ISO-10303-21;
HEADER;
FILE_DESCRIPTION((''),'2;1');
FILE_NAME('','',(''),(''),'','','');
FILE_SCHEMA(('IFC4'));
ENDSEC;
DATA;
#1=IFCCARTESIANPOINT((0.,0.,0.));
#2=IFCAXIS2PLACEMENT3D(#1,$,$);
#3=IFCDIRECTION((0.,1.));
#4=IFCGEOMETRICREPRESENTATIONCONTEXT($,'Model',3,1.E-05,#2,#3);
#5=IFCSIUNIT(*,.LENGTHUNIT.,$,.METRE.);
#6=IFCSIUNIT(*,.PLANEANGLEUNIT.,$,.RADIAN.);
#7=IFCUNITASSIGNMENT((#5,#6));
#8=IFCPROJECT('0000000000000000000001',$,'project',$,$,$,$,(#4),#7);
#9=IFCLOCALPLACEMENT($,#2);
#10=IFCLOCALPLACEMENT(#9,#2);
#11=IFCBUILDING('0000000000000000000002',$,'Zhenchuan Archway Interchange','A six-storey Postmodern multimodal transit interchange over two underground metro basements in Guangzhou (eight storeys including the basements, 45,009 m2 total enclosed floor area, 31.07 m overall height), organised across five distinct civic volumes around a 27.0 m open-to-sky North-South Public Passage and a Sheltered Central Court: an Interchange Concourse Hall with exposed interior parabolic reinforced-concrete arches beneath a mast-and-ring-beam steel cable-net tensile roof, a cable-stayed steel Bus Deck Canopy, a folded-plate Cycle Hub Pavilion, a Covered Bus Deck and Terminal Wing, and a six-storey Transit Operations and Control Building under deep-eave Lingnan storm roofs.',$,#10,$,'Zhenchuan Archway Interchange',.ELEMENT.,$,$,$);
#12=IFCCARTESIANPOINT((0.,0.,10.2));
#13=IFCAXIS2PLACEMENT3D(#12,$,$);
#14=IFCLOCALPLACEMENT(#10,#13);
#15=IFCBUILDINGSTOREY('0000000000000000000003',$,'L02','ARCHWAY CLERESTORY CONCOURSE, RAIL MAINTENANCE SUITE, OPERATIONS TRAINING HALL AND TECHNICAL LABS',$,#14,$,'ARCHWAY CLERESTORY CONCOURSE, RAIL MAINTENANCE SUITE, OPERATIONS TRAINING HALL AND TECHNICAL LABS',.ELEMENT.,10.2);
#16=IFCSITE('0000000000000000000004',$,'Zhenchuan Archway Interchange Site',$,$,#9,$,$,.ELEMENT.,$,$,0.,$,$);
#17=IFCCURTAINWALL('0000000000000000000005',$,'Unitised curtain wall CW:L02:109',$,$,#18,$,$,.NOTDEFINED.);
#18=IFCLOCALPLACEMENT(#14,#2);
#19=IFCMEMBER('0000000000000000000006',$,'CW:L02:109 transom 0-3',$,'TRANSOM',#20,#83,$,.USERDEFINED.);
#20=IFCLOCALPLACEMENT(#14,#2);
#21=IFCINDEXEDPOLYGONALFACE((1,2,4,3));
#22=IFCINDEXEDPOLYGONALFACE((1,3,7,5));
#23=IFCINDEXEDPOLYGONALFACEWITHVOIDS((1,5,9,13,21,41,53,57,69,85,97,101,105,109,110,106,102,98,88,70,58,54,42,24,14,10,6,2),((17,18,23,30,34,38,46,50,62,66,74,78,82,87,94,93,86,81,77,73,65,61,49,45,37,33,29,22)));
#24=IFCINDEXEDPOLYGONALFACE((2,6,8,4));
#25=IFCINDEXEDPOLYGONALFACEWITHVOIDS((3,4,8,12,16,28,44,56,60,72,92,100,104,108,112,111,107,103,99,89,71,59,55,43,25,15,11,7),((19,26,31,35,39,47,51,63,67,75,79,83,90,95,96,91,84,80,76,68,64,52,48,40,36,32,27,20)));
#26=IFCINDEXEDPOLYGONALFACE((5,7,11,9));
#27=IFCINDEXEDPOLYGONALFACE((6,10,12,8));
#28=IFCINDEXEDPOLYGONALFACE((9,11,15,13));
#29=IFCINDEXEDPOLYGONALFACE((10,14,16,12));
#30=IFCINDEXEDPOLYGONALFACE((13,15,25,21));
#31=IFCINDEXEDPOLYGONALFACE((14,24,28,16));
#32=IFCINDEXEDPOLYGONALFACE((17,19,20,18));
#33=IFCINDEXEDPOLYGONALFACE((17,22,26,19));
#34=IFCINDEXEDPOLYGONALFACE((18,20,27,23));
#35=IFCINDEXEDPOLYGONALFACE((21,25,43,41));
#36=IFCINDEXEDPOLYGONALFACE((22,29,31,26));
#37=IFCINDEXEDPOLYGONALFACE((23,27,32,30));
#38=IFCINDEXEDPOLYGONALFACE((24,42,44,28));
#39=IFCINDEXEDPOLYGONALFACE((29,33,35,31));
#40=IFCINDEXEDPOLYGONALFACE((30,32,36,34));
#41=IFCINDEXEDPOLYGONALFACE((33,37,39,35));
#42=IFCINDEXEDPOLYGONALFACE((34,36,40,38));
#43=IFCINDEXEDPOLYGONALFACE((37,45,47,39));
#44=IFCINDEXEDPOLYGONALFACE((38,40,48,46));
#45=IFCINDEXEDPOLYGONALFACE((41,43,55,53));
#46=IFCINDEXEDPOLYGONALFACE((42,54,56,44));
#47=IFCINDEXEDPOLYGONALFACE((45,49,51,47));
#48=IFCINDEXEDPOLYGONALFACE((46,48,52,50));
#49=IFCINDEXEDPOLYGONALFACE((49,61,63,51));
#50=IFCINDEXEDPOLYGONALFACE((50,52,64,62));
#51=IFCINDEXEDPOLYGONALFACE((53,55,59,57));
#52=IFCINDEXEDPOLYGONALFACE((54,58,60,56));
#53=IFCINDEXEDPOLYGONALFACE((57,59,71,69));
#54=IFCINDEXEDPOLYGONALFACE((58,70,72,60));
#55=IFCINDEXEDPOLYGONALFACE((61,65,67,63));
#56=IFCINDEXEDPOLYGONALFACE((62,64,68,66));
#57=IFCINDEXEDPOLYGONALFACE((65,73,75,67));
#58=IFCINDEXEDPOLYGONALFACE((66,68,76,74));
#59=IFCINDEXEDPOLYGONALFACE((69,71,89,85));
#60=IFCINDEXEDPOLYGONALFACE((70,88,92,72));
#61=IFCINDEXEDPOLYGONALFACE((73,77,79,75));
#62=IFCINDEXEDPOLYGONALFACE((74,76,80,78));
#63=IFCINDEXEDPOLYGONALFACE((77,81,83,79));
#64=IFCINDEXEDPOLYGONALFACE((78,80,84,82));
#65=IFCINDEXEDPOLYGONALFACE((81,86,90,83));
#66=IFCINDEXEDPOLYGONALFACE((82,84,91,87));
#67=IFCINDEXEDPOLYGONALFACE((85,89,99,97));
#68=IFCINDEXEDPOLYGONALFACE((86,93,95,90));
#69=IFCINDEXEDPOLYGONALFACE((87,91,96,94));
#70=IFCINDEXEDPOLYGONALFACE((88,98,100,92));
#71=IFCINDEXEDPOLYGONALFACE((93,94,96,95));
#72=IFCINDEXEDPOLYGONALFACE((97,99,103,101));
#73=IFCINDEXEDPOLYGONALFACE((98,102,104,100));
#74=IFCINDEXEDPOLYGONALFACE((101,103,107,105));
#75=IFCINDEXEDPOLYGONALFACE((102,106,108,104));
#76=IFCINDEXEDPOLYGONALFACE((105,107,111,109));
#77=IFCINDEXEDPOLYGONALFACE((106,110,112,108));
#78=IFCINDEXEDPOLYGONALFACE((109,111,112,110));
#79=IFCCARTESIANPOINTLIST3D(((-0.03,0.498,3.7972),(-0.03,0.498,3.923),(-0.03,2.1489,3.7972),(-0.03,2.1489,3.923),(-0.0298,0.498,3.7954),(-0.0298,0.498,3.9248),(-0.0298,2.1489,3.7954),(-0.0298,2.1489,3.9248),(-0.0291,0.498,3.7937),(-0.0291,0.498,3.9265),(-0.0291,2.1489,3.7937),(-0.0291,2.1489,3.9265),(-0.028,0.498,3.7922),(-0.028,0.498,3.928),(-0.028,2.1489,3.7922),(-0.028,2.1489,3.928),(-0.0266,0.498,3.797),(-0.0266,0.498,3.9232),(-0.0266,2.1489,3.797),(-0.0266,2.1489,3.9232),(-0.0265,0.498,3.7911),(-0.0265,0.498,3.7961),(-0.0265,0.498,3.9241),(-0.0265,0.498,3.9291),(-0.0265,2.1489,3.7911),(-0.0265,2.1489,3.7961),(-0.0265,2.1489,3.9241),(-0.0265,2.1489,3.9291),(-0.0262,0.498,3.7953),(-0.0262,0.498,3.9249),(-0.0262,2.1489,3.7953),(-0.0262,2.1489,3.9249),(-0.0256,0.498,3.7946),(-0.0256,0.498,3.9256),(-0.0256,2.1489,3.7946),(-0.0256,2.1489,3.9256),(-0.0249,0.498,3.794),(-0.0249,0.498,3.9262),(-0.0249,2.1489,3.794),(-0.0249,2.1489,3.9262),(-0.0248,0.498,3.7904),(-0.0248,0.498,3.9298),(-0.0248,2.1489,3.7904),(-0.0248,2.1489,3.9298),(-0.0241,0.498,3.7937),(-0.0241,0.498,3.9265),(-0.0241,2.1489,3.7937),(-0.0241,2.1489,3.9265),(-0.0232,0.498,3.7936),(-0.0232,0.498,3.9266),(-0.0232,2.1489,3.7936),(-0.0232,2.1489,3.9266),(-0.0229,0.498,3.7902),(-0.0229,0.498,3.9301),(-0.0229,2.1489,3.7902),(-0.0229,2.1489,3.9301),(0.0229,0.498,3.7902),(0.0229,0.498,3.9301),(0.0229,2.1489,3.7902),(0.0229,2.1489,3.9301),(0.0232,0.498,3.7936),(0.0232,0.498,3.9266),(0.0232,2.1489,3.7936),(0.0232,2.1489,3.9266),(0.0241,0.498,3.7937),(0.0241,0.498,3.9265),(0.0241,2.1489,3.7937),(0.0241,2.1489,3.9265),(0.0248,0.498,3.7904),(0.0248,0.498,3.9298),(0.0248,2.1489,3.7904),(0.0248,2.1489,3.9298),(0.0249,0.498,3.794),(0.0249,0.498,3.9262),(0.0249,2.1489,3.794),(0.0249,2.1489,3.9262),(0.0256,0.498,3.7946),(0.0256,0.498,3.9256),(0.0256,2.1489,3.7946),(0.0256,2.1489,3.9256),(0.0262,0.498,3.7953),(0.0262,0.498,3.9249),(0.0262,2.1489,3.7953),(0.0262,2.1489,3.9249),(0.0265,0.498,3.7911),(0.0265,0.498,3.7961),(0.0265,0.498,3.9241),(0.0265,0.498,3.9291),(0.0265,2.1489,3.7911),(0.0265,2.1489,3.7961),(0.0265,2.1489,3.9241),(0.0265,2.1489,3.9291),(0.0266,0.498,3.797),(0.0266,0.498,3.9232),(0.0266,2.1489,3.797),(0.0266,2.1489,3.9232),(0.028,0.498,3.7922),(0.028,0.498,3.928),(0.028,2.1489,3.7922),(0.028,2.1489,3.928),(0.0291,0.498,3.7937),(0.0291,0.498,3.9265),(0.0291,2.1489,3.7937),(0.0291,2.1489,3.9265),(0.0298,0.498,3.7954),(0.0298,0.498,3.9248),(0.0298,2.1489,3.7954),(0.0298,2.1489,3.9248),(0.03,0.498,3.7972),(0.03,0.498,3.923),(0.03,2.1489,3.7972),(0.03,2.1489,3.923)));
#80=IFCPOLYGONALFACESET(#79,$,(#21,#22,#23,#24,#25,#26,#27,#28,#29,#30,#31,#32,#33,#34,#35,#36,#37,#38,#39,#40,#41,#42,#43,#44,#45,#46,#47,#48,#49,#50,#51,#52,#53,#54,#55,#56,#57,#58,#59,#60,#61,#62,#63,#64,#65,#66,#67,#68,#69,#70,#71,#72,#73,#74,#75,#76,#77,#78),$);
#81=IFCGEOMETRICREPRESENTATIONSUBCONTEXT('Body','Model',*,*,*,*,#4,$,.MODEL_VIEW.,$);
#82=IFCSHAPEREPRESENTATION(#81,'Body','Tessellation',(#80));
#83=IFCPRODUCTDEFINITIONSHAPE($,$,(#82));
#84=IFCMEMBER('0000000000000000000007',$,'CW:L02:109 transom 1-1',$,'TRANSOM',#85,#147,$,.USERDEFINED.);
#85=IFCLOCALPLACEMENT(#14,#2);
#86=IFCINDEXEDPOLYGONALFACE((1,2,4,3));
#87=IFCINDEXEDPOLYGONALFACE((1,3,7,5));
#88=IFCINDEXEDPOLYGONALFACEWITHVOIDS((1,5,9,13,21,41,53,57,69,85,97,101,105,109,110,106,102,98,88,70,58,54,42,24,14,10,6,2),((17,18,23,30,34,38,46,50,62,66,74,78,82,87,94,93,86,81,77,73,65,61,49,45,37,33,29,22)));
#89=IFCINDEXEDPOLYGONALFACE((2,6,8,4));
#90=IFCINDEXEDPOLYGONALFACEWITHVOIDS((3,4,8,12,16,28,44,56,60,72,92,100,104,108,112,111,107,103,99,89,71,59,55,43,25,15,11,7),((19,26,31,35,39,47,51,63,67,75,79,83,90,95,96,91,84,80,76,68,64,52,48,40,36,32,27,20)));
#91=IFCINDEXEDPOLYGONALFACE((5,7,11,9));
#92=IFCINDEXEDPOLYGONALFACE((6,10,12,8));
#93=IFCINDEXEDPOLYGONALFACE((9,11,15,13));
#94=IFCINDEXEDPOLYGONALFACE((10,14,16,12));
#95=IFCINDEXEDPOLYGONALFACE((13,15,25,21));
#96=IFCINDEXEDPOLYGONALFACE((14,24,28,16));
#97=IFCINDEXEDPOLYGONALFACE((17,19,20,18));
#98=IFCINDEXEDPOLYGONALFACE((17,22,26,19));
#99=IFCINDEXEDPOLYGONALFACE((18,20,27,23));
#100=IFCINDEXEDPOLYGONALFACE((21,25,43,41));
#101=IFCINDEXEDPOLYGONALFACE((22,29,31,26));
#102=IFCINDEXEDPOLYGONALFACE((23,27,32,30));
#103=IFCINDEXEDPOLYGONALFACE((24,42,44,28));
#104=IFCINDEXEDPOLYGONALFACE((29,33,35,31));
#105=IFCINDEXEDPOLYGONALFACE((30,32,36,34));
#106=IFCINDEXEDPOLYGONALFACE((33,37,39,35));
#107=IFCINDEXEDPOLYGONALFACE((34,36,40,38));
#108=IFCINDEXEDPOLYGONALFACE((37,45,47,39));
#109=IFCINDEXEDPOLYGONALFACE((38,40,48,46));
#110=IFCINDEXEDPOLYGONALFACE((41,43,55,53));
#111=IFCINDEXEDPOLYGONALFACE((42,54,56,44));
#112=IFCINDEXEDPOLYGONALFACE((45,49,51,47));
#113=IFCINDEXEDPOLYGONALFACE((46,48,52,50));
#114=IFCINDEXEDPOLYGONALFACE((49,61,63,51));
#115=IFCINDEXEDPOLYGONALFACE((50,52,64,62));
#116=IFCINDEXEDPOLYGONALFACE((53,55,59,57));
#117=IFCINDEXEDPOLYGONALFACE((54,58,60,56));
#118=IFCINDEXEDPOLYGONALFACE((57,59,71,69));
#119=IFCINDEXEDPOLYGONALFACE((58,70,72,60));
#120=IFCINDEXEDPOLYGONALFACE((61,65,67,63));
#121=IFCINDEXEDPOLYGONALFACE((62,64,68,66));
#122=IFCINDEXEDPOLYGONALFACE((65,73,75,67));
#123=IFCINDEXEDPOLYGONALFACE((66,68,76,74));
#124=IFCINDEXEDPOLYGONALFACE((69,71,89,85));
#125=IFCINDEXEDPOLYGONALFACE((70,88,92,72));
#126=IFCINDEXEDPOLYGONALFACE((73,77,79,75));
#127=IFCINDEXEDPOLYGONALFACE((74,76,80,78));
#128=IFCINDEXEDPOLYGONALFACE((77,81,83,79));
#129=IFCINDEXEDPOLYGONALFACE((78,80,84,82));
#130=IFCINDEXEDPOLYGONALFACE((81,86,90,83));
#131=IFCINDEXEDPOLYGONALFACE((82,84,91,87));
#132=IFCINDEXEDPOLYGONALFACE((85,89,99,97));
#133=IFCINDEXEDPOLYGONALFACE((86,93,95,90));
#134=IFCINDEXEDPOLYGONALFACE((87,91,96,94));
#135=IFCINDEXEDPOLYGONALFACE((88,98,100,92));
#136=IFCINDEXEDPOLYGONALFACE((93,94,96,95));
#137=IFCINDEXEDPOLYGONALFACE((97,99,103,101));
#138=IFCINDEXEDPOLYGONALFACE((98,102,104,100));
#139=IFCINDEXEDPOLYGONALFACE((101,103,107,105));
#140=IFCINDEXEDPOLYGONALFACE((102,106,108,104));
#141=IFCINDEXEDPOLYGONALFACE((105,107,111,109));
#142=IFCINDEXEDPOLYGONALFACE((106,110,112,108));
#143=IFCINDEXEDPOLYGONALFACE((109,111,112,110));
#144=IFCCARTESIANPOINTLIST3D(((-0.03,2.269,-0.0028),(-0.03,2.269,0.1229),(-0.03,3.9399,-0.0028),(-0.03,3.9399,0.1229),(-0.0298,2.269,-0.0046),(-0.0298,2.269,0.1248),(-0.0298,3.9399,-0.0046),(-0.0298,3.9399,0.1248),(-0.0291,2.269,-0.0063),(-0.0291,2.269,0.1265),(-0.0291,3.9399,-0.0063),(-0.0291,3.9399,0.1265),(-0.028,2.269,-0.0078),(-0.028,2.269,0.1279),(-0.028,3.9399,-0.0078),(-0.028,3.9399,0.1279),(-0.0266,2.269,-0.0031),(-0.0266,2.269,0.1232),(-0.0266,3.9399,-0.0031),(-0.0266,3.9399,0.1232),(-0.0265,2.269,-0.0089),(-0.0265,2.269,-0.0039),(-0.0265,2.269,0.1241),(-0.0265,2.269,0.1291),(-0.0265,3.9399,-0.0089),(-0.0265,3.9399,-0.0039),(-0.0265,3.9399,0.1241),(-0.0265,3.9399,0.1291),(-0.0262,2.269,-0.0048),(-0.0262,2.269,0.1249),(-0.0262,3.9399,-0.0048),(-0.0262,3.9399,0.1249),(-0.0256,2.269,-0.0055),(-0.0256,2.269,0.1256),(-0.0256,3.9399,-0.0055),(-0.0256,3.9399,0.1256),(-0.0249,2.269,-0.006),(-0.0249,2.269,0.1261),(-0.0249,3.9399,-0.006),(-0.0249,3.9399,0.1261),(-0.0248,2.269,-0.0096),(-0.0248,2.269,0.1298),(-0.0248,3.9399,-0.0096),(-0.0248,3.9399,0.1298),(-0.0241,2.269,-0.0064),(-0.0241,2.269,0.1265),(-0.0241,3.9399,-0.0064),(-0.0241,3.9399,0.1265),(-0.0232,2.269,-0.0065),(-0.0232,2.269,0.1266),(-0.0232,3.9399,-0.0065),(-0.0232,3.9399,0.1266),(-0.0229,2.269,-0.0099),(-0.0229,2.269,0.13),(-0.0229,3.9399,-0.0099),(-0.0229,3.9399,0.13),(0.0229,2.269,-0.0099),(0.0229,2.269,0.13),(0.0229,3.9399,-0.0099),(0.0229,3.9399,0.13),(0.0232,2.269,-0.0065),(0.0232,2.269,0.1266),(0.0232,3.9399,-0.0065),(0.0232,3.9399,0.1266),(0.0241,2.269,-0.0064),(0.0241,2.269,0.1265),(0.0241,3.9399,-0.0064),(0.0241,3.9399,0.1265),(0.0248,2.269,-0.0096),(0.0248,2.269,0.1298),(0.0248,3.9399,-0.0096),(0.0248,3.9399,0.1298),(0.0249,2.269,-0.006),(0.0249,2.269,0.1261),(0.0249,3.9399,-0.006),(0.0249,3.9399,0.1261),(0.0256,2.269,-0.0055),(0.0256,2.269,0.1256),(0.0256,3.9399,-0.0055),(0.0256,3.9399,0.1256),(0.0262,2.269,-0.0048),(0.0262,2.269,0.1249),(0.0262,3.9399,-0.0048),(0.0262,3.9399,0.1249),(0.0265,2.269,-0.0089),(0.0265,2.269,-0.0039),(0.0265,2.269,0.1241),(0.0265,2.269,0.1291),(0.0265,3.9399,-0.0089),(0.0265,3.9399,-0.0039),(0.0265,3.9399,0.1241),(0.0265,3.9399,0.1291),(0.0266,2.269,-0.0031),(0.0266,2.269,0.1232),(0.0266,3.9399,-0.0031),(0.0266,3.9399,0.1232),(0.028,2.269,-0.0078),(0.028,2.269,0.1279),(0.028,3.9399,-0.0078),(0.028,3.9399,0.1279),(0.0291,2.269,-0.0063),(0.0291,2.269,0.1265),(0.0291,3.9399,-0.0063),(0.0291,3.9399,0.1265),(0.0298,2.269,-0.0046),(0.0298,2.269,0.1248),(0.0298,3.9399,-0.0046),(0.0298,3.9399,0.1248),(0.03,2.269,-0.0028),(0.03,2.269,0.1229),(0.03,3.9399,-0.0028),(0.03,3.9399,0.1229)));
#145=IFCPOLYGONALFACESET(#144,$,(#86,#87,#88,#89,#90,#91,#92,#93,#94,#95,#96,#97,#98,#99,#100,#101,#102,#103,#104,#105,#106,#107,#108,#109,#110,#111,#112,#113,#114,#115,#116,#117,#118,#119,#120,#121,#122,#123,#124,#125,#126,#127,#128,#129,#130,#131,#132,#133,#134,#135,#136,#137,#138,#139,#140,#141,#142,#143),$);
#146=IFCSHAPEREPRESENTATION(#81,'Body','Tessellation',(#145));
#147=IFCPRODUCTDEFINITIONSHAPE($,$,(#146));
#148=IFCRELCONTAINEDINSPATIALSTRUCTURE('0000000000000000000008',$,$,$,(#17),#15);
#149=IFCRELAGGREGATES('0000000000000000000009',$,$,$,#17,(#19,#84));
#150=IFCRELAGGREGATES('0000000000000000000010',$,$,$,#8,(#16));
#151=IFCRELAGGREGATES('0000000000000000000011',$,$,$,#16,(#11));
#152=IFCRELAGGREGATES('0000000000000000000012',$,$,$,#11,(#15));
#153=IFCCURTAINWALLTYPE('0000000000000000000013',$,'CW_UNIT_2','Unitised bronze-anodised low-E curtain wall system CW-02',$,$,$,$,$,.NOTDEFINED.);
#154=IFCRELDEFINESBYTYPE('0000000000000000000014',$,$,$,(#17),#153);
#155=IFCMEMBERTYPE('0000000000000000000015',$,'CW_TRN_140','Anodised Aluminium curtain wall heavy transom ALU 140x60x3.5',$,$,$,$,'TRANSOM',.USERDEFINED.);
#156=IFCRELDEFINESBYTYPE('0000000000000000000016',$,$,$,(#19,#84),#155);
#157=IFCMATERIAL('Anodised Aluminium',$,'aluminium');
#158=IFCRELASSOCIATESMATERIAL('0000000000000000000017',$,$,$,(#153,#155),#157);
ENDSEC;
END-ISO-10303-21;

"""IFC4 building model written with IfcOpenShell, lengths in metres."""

from ifc_helpers import new_model, si_unit, direction, frame, origin, origin_2d, place, context, subcontext, project, spatial, hollow_rectangle, extrude, material, material_profile, profile_set, type_object, element, aggregate, save


model = new_model("IFC4")

# Units and contexts
model_context = context("Model", 3, precision=1e-05, world=origin(), true_north=direction((0.0, 1.0)))
body_context = subcontext(model_context, "Body", "Model", "MODEL_VIEW")
ifc_project = project(units=[si_unit("LENGTHUNIT", "METRE"), si_unit("PLANEANGLEUNIT", "RADIAN")], contexts=[model_context])

# Site, building, storey
site_placement = place(None, origin())
site = spatial("IfcSite", under=ifc_project, at=site_placement, Name="Zhenchuan Archway Interchange Site", CompositionType="ELEMENT", RefElevation=0.0)
building_placement = place(site_placement, origin())
building = spatial("IfcBuilding", under=site, at=building_placement, Name="Zhenchuan Archway Interchange", Description="A six-storey Postmodern multimodal transit interchange over two underground metro basements in Guangzhou (eight storeys including the basements, 45,009 m2 total enclosed floor area, 31.07 m overall height), organised across five distinct civic volumes around a 27.0 m open-to-sky North-South Public Passage and a Sheltered Central Court: an Interchange Concourse Hall with exposed interior parabolic reinforced-concrete arches beneath a mast-and-ring-beam steel cable-net tensile roof, a cable-stayed steel Bus Deck Canopy, a folded-plate Cycle Hub Pavilion, a Covered Bus Deck and Terminal Wing, and a six-storey Transit Operations and Control Building under deep-eave Lingnan storm roofs.", LongName="Zhenchuan Archway Interchange", CompositionType="ELEMENT")
storey_placement = place(building_placement, frame((0.0, 0.0, 10.2)))
storey = spatial("IfcBuildingStorey", under=building, at=storey_placement, Name="L02", Description="ARCHWAY CLERESTORY CONCOURSE, RAIL MAINTENANCE SUITE, OPERATIONS TRAINING HALL AND TECHNICAL LABS", LongName="ARCHWAY CLERESTORY CONCOURSE, RAIL MAINTENANCE SUITE, OPERATIONS TRAINING HALL AND TECHNICAL LABS", CompositionType="ELEMENT", Elevation=10.2)

# Curtain wall, members
ifc_material_1 = material(Name="Anodised Aluminium", Category="aluminium")
curtain_wall_type = type_object("IfcCurtainWallType", Name="CW_UNIT_2", Description="Unitised bronze-anodised low-E curtain wall system CW-02", PredefinedType="NOTDEFINED", material=ifc_material_1)
curtain_wall_placement = place(storey_placement, origin())
curtain_wall = element("IfcCurtainWall", 1, at=curtain_wall_placement, inside=storey, type_object=curtain_wall_type, Name="Unitised curtain wall CW:L02:109", PredefinedType="NOTDEFINED")
ifc_material_profile_1 = material_profile(ifc_material_1, hollow_rectangle(XDim=0.0601, YDim=0.1399, WallThickness=0.0034, InnerFilletRadius=0.0034, OuterFilletRadius=0.0071, at=origin_2d()), Name="ALU 140x60x3.5")
ifc_profile_set_1 = profile_set([ifc_material_profile_1], Name="Anodised Aluminium")
member_type_1 = type_object("IfcMemberType", Name="CW_TRN_140", Description="Anodised Aluminium curtain wall heavy transom ALU 140x60x3.5", ElementType="TRANSOM", PredefinedType="USERDEFINED", material=ifc_profile_set_1)
member_1_placement = place(storey_placement, frame((0.0, 0.498, 3.8601), z_axis=(0.0, 1.0, 0.0), x_axis=(-1.0, 0.0, 0.0)))
member_1 = element("IfcMember", 2, at=member_1_placement, type_object=member_type_1, Name="CW:L02:109 transom 0-3", ObjectType="TRANSOM", PredefinedType="USERDEFINED", context=body_context, shape_type="SweptSolid", body=[
    extrude(hollow_rectangle(XDim=0.0601, YDim=0.1399, WallThickness=0.0034, InnerFilletRadius=0.0034, OuterFilletRadius=0.0071, at=origin_2d()), origin(), (0.0, 0.0, 1.0), 1.6509),
])
member_2_placement = place(storey_placement, frame((0.0, 2.269, 0.0601), z_axis=(0.0, 1.0, 0.0), x_axis=(-1.0, 0.0, 0.0)))
member_2 = element("IfcMember", 3, at=member_2_placement, type_object=member_type_1, Name="CW:L02:109 transom 1-1", ObjectType="TRANSOM", PredefinedType="USERDEFINED", context=body_context, shape_type="SweptSolid", body=[
    extrude(hollow_rectangle(XDim=0.0601, YDim=0.1399, WallThickness=0.0034, InnerFilletRadius=0.0034, OuterFilletRadius=0.0071, at=origin_2d()), origin(), (0.0, 0.0, 1.0), 1.6709),
])

aggregate(curtain_wall, [member_1, member_2])

save(model, "model.ifc")
